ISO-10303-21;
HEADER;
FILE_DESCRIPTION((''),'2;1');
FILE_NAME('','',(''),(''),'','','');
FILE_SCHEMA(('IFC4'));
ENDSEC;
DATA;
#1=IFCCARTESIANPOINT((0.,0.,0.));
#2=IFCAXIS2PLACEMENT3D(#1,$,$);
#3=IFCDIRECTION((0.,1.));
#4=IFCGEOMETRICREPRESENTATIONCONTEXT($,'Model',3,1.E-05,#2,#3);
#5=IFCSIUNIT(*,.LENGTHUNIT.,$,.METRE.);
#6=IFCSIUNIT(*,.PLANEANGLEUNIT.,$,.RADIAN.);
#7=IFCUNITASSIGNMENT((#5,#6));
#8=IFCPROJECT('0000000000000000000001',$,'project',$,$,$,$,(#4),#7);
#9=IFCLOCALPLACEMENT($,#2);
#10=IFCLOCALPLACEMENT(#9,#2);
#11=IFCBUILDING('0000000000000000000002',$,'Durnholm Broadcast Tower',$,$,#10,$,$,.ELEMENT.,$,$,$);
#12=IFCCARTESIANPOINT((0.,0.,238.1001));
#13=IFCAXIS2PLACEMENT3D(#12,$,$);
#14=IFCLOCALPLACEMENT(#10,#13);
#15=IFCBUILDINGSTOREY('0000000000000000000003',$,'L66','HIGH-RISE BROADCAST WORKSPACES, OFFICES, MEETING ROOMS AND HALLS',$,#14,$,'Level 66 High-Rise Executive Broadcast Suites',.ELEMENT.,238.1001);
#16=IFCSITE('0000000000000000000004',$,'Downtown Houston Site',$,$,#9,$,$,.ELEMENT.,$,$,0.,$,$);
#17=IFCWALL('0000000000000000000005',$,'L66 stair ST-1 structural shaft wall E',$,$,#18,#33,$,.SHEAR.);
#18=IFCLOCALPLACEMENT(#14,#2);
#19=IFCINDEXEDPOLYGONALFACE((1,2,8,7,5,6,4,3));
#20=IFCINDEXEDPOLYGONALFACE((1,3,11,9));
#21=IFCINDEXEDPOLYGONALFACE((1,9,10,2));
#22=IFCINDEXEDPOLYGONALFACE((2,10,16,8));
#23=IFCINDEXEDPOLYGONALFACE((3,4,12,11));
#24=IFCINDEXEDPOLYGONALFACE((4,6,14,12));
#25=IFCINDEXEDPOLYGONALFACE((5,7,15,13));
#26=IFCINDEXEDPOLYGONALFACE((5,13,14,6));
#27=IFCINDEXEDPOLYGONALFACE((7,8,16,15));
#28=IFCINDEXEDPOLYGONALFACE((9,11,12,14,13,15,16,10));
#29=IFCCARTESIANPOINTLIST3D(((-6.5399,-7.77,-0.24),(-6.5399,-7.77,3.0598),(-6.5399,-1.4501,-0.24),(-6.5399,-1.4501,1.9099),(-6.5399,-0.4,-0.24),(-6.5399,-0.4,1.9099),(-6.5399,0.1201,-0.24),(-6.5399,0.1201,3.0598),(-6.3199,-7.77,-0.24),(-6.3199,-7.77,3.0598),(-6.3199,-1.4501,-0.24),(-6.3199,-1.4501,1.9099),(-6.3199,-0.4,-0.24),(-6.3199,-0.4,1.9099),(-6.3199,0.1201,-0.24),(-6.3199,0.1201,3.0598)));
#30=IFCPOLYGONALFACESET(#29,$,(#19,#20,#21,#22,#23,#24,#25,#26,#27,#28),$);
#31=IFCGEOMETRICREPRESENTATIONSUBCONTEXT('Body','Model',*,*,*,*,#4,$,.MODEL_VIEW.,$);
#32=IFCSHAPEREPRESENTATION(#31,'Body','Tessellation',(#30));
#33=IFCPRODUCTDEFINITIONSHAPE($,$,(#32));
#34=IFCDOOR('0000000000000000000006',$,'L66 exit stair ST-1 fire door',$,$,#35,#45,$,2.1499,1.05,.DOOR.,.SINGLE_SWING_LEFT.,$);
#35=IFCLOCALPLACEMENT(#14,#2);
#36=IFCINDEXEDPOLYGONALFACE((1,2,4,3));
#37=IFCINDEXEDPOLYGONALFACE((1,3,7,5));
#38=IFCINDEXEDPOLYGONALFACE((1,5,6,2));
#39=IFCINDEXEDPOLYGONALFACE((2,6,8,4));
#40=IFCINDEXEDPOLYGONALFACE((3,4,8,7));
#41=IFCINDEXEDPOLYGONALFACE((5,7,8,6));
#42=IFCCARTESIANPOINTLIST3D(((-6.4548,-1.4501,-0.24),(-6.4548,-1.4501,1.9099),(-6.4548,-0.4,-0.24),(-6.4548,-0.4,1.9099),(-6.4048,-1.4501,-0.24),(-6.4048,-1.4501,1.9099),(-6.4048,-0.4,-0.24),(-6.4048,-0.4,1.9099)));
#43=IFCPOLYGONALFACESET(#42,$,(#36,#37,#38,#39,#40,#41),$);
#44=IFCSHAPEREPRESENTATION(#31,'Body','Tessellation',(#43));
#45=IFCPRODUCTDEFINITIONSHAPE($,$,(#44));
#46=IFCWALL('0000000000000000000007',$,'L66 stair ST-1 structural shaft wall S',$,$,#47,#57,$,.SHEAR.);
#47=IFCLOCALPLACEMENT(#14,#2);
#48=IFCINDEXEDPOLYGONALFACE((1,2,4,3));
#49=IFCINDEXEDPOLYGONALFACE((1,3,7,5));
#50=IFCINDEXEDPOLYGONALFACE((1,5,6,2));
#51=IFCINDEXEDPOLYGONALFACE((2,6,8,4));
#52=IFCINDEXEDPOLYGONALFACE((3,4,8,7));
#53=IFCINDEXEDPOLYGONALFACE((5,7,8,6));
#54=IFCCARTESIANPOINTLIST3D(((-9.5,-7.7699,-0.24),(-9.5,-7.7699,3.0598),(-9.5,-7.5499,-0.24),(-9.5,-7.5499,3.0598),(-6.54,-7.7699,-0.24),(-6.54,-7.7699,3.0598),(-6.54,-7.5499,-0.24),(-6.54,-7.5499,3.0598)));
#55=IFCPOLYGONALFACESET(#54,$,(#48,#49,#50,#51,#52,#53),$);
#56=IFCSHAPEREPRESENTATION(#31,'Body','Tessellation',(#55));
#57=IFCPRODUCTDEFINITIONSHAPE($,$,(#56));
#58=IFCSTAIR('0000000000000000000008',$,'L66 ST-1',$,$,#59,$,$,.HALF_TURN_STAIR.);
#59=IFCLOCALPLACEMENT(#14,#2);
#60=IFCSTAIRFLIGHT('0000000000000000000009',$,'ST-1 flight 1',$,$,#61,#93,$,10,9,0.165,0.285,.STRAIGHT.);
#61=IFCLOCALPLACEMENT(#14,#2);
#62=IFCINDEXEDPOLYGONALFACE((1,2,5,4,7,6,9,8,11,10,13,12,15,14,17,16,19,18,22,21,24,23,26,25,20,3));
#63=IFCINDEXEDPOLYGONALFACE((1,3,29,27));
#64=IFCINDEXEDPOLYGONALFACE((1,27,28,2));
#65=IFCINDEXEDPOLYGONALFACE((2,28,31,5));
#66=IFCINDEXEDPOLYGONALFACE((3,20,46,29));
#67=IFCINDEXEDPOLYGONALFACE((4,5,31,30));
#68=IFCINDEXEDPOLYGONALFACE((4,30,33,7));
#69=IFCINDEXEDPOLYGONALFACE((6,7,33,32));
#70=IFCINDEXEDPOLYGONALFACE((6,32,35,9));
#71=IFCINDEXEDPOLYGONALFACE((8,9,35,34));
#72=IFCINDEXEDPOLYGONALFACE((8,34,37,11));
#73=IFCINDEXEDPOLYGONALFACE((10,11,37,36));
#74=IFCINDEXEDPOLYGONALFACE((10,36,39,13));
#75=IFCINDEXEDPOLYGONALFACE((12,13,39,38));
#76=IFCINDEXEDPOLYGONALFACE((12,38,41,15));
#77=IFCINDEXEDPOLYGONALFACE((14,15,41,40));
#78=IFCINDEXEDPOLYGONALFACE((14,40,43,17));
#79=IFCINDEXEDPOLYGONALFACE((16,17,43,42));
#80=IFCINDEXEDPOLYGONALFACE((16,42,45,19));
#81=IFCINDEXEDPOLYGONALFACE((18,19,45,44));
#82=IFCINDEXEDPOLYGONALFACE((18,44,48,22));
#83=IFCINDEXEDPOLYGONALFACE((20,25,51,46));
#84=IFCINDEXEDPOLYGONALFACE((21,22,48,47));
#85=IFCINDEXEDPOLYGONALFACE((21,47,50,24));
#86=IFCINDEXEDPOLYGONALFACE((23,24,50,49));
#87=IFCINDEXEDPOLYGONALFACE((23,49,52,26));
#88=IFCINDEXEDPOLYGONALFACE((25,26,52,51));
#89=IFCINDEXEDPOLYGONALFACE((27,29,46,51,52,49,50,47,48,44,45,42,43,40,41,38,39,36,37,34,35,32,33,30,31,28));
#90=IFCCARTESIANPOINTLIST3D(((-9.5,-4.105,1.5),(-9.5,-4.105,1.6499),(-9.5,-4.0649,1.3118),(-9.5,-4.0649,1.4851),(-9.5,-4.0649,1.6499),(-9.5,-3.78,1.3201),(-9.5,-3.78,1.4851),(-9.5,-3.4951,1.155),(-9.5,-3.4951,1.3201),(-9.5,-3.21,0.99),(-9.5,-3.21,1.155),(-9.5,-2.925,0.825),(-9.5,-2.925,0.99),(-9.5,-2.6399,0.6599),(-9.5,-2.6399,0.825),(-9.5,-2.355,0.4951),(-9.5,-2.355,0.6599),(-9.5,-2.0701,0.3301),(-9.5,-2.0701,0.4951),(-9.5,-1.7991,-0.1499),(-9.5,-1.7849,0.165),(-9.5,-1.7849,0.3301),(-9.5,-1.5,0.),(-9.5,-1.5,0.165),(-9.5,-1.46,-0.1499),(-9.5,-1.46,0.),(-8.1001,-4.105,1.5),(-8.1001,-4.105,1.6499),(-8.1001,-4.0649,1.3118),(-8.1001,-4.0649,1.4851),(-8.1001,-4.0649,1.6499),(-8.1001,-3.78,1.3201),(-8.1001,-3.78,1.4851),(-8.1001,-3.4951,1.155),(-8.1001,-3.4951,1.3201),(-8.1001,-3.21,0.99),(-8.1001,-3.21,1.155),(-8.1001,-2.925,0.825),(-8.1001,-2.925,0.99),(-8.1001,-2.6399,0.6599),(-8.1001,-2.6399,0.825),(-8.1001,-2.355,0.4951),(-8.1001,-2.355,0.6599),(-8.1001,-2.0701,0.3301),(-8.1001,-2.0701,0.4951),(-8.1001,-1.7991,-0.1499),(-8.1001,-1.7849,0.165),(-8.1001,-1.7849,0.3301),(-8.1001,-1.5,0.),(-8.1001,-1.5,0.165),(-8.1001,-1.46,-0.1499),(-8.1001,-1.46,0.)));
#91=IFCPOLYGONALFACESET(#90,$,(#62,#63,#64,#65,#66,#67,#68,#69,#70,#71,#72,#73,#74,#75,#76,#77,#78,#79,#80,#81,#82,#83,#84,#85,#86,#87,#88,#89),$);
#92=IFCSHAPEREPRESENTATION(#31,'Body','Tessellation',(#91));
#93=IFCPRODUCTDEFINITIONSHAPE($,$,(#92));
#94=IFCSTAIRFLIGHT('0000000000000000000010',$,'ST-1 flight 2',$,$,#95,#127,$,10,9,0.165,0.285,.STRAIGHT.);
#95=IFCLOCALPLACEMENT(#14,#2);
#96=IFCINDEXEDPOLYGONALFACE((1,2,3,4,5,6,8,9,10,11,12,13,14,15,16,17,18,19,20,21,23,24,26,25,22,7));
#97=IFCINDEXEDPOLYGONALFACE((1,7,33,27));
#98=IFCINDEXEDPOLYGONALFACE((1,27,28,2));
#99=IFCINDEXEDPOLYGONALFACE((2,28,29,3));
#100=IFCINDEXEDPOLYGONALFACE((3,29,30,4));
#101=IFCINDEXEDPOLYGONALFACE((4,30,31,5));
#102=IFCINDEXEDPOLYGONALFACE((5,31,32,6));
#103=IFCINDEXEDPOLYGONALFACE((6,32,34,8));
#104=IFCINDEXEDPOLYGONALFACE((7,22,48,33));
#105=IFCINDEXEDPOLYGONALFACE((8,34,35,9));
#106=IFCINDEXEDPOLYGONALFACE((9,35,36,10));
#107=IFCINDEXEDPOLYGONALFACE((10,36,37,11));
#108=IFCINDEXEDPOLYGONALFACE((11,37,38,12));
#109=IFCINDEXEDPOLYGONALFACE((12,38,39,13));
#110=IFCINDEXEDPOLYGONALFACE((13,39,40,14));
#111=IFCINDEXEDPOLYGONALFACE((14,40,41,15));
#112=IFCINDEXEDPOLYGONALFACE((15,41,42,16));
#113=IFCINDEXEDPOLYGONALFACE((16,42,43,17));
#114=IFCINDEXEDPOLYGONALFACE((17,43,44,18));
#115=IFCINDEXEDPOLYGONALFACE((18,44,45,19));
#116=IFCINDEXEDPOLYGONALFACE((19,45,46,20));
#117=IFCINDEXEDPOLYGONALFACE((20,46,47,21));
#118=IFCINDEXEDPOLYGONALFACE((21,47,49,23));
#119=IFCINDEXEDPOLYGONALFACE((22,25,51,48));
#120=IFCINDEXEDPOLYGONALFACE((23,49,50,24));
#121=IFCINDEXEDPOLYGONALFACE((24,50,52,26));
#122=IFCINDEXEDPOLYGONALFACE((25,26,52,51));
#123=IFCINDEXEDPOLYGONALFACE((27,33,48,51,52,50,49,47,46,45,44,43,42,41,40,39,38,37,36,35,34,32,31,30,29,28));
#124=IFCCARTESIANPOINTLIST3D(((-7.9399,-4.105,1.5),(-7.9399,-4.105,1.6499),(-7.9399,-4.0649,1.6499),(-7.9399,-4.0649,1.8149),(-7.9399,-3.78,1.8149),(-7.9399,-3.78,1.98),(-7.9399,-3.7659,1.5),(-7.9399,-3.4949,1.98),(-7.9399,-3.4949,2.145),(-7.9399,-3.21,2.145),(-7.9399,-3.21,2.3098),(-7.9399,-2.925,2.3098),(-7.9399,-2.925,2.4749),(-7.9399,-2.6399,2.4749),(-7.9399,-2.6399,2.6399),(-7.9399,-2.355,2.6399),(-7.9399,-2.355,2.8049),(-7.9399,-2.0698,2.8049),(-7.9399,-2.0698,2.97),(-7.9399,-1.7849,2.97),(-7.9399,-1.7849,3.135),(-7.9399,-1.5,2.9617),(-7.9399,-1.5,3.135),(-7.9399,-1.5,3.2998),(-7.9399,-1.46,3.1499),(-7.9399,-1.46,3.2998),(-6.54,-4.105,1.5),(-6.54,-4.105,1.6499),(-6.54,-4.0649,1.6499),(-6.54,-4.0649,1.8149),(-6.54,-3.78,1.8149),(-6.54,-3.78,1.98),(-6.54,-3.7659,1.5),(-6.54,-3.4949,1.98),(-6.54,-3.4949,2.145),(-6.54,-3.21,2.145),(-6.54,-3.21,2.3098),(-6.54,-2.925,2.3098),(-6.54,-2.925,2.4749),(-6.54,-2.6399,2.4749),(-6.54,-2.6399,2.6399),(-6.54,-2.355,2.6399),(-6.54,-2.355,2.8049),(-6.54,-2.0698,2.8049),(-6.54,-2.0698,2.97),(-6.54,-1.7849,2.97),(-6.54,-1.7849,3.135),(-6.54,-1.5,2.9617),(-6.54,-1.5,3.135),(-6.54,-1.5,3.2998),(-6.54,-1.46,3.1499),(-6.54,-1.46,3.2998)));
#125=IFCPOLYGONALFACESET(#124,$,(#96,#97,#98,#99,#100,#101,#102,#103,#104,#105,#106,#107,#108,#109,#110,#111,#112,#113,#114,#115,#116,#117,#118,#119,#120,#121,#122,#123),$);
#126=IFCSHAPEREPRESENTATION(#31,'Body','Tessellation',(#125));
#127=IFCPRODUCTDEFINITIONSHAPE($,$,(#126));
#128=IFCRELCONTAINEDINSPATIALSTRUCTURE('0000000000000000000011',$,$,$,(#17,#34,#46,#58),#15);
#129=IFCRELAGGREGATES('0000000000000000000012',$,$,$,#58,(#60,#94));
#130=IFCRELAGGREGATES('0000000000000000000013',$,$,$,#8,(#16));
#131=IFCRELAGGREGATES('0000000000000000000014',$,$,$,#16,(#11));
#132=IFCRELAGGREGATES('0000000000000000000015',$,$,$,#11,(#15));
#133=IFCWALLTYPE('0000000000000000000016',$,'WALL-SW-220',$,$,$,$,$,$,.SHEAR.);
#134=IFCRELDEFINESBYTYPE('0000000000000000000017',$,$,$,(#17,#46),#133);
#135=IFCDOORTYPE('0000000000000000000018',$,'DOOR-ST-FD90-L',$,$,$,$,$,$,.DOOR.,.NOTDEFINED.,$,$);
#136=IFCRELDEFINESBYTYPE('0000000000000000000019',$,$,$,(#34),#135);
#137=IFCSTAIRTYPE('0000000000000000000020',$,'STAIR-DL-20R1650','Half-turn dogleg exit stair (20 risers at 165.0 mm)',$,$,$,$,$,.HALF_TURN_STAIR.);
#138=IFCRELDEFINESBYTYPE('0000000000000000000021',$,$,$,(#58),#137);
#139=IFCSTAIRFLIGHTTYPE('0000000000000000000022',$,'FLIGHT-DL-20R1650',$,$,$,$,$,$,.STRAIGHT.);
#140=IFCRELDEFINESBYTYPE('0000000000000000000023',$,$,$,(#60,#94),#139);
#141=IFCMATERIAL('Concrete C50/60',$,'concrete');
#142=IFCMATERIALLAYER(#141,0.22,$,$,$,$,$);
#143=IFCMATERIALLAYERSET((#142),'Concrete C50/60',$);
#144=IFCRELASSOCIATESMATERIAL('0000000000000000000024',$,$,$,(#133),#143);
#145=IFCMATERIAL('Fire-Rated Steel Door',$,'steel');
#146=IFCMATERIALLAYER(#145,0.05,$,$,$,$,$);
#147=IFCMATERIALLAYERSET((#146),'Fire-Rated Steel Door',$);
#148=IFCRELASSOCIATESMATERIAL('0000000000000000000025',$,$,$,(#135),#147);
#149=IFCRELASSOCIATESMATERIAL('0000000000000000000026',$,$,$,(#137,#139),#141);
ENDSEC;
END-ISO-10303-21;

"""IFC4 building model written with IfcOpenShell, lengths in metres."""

from ifc_helpers import new_model, si_unit, direction, frame, frame_2d, origin, place, context, subcontext, project, spatial, polyline, rectangle, outline, extrude, source, transform, mapped, material, layer, layer_set, type_object, type_shapes, element, fill, aggregate, save


model = new_model("IFC4")

# Units and contexts
model_context = context("Model", 3, precision=1e-05, world=origin(), true_north=direction((0.0, 1.0)))
body_context = subcontext(model_context, "Body", "Model", "MODEL_VIEW")
ifc_project = project(units=[si_unit("LENGTHUNIT", "METRE"), si_unit("PLANEANGLEUNIT", "RADIAN")], contexts=[model_context])

# Site, building, storey
site_placement = place(None, origin())
site = spatial("IfcSite", under=ifc_project, at=site_placement, Name="Downtown Houston Site", CompositionType="ELEMENT", RefElevation=0.0)
building_placement = place(site_placement, origin())
building = spatial("IfcBuilding", under=site, at=building_placement, Name="Durnholm Broadcast Tower", CompositionType="ELEMENT")
storey_placement = place(building_placement, frame((0.0, 0.0, 238.1001)))
storey = spatial("IfcBuildingStorey", under=building, at=storey_placement, Name="L66", Description="HIGH-RISE BROADCAST WORKSPACES, OFFICES, MEETING ROOMS AND HALLS", LongName="Level 66 High-Rise Executive Broadcast Suites", CompositionType="ELEMENT", Elevation=238.1001)

# Wall, opening, door
ifc_material_1 = material(Name="Concrete C50/60", Category="concrete")
ifc_layer_1 = layer(ifc_material_1, 0.22)
ifc_layer_set_1 = layer_set([ifc_layer_1], Name="Concrete C50/60")
wall_type_1 = type_object("IfcWallType", Name="WALL-SW-220", PredefinedType="SHEAR", material=ifc_layer_set_1)
wall_1_placement = place(storey_placement, frame((-6.4299, -7.77, -0.24), z_axis=(0.0, 0.0, 1.0), x_axis=(0.0, 1.0, 0.0)))
wall_1 = element("IfcWall", 1, at=wall_1_placement, inside=storey, type_object=wall_type_1, Name="L66 stair ST-1 structural shaft wall E", PredefinedType="SHEAR", context=body_context, shape_type="SweptSolid", body=[
    extrude(rectangle(XDim=7.8901, YDim=0.22, at=frame_2d((3.9451, 0.0))), origin(), (0.0, 0.0, 1.0), 3.2998),
])
opening_1_placement = place(wall_1_placement, frame((6.3201, 0.0, 0.0)))
opening_1 = element("IfcOpeningElement", 2, at=opening_1_placement, cuts=wall_1, PredefinedType="OPENING", context=body_context, shape_type="SweptSolid", body=[
    extrude(rectangle(XDim=1.05, YDim=2.1499, at=frame_2d((0.5249, 1.075))), frame((0.0, 0.1201, 0.0), z_axis=(0.0, -1.0, 0.0), x_axis=(1.0, 0.0, 0.0)), (0.0, 0.0, 1.0), 0.24),
])
ifc_material_2 = material(Name="Fire-Rated Steel Door", Category="steel")
ifc_layer_2 = layer(ifc_material_2, 0.05)
ifc_layer_set_2 = layer_set([ifc_layer_2], Name="Fire-Rated Steel Door")
door_type_1 = type_object("IfcDoorType", Name="DOOR-ST-FD90-L", OperationType="NOTDEFINED", PredefinedType="DOOR", material=ifc_layer_set_2)
shared_shape_1 = source(origin(), body_context, "Body", "SweptSolid", [
    extrude(rectangle(XDim=1.05, YDim=2.1499, at=frame_2d((0.5249, 1.075))), frame((0.0, 0.0249, 0.0), z_axis=(0.0, -1.0, 0.0), x_axis=(1.0, 0.0, 0.0)), (0.0, 0.0, 1.0), 0.05),
])
type_shapes(door_type_1, [shared_shape_1])
door_1_placement = place(opening_1_placement, origin())
door_1 = element("IfcDoor", 3, at=door_1_placement, inside=storey, type_object=door_type_1, Name="L66 exit stair ST-1 fire door", OperationType="SINGLE_SWING_LEFT", OverallHeight=2.1499, OverallWidth=1.05, PredefinedType="DOOR", context=body_context, shape_type="MappedRepresentation", body=[
    mapped(shared_shape_1, transform((0.0, 0.0, 0.0), x_axis=(1.0, 0.0, 0.0), y_axis=(0.0, 1.0, 0.0), z_axis=(0.0, 0.0, 1.0), scale=1.0)),
])
fill(opening_1, door_1)

# Wall
wall_2_placement = place(storey_placement, frame((-9.5, -7.6599, -0.24), z_axis=(0.0, 0.0, 1.0), x_axis=(1.0, 0.0, 0.0)))
element("IfcWall", 4, at=wall_2_placement, inside=storey, type_object=wall_type_1, Name="L66 stair ST-1 structural shaft wall S", PredefinedType="SHEAR", context=body_context, shape_type="SweptSolid", body=[
    extrude(rectangle(XDim=2.96, YDim=0.22, at=frame_2d((1.48, 0.0))), origin(), (0.0, 0.0, 1.0), 3.2998),
])

# Stair, stair flights
stair_type = type_object("IfcStairType", Name="STAIR-DL-20R1650", Description="Half-turn dogleg exit stair (20 risers at 165.0 mm)", PredefinedType="HALF_TURN_STAIR", material=ifc_material_1)
stair_placement = place(storey_placement, origin())
stair = element("IfcStair", 5, at=stair_placement, inside=storey, type_object=stair_type, Name="L66 ST-1", PredefinedType="HALF_TURN_STAIR")
stair_flight_type = type_object("IfcStairFlightType", Name="FLIGHT-DL-20R1650", PredefinedType="STRAIGHT", material=ifc_material_1)
stair_flight_1_placement = place(storey_placement, frame((-8.8, -1.5, 0.0), z_axis=(0.0, 0.0, 1.0), x_axis=(0.0, -1.0, 0.0)))
stair_flight_1 = element("IfcStairFlight", 6, at=stair_flight_1_placement, type_object=stair_flight_type, Name="ST-1 flight 1", NumberOfRisers=10, NumberOfTreads=9, PredefinedType="STRAIGHT", RiserHeight=0.165, TreadLength=0.285, context=body_context, shape_type="SweptSolid", body=[
    extrude(outline(polyline([(-0.04, -0.1499), (-0.04, 0.0), (0.0, 0.0), (0.0, 0.165), (0.2849, 0.165), (0.2849, 0.3301), (0.5701, 0.3301), (0.5701, 0.4951), (0.855, 0.4951), (0.855, 0.6599), (1.1399, 0.6599), (1.1399, 0.825), (1.425, 0.825), (1.425, 0.99), (1.71, 0.99), (1.71, 1.155), (1.9951, 1.155), (1.9951, 1.3201), (2.28, 1.3201), (2.28, 1.4851), (2.5649, 1.4851), (2.5649, 1.6499), (2.605, 1.6499), (2.605, 1.5), (2.5649, 1.3118), (0.2991, -0.1499), (-0.04, -0.1499)])), frame((0.0, 0.7, 0.0), z_axis=(0.0, -1.0, 0.0), x_axis=(1.0, 0.0, 0.0)), (0.0, 0.0, 1.0), 1.3999),
])
stair_flight_2_placement = place(storey_placement, frame((-7.24, -4.0649, 1.6499), z_axis=(0.0, 0.0, 1.0), x_axis=(0.0, 1.0, 0.0)))
stair_flight_2 = element("IfcStairFlight", 7, at=stair_flight_2_placement, type_object=stair_flight_type, Name="ST-1 flight 2", NumberOfRisers=10, NumberOfTreads=9, PredefinedType="STRAIGHT", RiserHeight=0.165, TreadLength=0.285, context=body_context, shape_type="SweptSolid", body=[
    extrude(outline(polyline([(-0.04, -0.1499), (-0.04, 0.0), (0.0, 0.0), (0.0, 0.165), (0.2849, 0.165), (0.2849, 0.3301), (0.5701, 0.3301), (0.5701, 0.4951), (0.855, 0.4951), (0.855, 0.6599), (1.1399, 0.6599), (1.1399, 0.825), (1.425, 0.825), (1.425, 0.99), (1.71, 0.99), (1.71, 1.155), (1.9951, 1.155), (1.9951, 1.3201), (2.28, 1.3201), (2.28, 1.4851), (2.5649, 1.4851), (2.5649, 1.6499), (2.605, 1.6499), (2.605, 1.5), (2.5649, 1.3118), (0.2991, -0.1499), (-0.04, -0.1499)])), frame((0.0, 0.7, 0.0), z_axis=(0.0, -1.0, 0.0), x_axis=(1.0, 0.0, 0.0)), (0.0, 0.0, 1.0), 1.3999),
])
aggregate(stair, [stair_flight_1, stair_flight_2])

save(model, "model.ifc")
